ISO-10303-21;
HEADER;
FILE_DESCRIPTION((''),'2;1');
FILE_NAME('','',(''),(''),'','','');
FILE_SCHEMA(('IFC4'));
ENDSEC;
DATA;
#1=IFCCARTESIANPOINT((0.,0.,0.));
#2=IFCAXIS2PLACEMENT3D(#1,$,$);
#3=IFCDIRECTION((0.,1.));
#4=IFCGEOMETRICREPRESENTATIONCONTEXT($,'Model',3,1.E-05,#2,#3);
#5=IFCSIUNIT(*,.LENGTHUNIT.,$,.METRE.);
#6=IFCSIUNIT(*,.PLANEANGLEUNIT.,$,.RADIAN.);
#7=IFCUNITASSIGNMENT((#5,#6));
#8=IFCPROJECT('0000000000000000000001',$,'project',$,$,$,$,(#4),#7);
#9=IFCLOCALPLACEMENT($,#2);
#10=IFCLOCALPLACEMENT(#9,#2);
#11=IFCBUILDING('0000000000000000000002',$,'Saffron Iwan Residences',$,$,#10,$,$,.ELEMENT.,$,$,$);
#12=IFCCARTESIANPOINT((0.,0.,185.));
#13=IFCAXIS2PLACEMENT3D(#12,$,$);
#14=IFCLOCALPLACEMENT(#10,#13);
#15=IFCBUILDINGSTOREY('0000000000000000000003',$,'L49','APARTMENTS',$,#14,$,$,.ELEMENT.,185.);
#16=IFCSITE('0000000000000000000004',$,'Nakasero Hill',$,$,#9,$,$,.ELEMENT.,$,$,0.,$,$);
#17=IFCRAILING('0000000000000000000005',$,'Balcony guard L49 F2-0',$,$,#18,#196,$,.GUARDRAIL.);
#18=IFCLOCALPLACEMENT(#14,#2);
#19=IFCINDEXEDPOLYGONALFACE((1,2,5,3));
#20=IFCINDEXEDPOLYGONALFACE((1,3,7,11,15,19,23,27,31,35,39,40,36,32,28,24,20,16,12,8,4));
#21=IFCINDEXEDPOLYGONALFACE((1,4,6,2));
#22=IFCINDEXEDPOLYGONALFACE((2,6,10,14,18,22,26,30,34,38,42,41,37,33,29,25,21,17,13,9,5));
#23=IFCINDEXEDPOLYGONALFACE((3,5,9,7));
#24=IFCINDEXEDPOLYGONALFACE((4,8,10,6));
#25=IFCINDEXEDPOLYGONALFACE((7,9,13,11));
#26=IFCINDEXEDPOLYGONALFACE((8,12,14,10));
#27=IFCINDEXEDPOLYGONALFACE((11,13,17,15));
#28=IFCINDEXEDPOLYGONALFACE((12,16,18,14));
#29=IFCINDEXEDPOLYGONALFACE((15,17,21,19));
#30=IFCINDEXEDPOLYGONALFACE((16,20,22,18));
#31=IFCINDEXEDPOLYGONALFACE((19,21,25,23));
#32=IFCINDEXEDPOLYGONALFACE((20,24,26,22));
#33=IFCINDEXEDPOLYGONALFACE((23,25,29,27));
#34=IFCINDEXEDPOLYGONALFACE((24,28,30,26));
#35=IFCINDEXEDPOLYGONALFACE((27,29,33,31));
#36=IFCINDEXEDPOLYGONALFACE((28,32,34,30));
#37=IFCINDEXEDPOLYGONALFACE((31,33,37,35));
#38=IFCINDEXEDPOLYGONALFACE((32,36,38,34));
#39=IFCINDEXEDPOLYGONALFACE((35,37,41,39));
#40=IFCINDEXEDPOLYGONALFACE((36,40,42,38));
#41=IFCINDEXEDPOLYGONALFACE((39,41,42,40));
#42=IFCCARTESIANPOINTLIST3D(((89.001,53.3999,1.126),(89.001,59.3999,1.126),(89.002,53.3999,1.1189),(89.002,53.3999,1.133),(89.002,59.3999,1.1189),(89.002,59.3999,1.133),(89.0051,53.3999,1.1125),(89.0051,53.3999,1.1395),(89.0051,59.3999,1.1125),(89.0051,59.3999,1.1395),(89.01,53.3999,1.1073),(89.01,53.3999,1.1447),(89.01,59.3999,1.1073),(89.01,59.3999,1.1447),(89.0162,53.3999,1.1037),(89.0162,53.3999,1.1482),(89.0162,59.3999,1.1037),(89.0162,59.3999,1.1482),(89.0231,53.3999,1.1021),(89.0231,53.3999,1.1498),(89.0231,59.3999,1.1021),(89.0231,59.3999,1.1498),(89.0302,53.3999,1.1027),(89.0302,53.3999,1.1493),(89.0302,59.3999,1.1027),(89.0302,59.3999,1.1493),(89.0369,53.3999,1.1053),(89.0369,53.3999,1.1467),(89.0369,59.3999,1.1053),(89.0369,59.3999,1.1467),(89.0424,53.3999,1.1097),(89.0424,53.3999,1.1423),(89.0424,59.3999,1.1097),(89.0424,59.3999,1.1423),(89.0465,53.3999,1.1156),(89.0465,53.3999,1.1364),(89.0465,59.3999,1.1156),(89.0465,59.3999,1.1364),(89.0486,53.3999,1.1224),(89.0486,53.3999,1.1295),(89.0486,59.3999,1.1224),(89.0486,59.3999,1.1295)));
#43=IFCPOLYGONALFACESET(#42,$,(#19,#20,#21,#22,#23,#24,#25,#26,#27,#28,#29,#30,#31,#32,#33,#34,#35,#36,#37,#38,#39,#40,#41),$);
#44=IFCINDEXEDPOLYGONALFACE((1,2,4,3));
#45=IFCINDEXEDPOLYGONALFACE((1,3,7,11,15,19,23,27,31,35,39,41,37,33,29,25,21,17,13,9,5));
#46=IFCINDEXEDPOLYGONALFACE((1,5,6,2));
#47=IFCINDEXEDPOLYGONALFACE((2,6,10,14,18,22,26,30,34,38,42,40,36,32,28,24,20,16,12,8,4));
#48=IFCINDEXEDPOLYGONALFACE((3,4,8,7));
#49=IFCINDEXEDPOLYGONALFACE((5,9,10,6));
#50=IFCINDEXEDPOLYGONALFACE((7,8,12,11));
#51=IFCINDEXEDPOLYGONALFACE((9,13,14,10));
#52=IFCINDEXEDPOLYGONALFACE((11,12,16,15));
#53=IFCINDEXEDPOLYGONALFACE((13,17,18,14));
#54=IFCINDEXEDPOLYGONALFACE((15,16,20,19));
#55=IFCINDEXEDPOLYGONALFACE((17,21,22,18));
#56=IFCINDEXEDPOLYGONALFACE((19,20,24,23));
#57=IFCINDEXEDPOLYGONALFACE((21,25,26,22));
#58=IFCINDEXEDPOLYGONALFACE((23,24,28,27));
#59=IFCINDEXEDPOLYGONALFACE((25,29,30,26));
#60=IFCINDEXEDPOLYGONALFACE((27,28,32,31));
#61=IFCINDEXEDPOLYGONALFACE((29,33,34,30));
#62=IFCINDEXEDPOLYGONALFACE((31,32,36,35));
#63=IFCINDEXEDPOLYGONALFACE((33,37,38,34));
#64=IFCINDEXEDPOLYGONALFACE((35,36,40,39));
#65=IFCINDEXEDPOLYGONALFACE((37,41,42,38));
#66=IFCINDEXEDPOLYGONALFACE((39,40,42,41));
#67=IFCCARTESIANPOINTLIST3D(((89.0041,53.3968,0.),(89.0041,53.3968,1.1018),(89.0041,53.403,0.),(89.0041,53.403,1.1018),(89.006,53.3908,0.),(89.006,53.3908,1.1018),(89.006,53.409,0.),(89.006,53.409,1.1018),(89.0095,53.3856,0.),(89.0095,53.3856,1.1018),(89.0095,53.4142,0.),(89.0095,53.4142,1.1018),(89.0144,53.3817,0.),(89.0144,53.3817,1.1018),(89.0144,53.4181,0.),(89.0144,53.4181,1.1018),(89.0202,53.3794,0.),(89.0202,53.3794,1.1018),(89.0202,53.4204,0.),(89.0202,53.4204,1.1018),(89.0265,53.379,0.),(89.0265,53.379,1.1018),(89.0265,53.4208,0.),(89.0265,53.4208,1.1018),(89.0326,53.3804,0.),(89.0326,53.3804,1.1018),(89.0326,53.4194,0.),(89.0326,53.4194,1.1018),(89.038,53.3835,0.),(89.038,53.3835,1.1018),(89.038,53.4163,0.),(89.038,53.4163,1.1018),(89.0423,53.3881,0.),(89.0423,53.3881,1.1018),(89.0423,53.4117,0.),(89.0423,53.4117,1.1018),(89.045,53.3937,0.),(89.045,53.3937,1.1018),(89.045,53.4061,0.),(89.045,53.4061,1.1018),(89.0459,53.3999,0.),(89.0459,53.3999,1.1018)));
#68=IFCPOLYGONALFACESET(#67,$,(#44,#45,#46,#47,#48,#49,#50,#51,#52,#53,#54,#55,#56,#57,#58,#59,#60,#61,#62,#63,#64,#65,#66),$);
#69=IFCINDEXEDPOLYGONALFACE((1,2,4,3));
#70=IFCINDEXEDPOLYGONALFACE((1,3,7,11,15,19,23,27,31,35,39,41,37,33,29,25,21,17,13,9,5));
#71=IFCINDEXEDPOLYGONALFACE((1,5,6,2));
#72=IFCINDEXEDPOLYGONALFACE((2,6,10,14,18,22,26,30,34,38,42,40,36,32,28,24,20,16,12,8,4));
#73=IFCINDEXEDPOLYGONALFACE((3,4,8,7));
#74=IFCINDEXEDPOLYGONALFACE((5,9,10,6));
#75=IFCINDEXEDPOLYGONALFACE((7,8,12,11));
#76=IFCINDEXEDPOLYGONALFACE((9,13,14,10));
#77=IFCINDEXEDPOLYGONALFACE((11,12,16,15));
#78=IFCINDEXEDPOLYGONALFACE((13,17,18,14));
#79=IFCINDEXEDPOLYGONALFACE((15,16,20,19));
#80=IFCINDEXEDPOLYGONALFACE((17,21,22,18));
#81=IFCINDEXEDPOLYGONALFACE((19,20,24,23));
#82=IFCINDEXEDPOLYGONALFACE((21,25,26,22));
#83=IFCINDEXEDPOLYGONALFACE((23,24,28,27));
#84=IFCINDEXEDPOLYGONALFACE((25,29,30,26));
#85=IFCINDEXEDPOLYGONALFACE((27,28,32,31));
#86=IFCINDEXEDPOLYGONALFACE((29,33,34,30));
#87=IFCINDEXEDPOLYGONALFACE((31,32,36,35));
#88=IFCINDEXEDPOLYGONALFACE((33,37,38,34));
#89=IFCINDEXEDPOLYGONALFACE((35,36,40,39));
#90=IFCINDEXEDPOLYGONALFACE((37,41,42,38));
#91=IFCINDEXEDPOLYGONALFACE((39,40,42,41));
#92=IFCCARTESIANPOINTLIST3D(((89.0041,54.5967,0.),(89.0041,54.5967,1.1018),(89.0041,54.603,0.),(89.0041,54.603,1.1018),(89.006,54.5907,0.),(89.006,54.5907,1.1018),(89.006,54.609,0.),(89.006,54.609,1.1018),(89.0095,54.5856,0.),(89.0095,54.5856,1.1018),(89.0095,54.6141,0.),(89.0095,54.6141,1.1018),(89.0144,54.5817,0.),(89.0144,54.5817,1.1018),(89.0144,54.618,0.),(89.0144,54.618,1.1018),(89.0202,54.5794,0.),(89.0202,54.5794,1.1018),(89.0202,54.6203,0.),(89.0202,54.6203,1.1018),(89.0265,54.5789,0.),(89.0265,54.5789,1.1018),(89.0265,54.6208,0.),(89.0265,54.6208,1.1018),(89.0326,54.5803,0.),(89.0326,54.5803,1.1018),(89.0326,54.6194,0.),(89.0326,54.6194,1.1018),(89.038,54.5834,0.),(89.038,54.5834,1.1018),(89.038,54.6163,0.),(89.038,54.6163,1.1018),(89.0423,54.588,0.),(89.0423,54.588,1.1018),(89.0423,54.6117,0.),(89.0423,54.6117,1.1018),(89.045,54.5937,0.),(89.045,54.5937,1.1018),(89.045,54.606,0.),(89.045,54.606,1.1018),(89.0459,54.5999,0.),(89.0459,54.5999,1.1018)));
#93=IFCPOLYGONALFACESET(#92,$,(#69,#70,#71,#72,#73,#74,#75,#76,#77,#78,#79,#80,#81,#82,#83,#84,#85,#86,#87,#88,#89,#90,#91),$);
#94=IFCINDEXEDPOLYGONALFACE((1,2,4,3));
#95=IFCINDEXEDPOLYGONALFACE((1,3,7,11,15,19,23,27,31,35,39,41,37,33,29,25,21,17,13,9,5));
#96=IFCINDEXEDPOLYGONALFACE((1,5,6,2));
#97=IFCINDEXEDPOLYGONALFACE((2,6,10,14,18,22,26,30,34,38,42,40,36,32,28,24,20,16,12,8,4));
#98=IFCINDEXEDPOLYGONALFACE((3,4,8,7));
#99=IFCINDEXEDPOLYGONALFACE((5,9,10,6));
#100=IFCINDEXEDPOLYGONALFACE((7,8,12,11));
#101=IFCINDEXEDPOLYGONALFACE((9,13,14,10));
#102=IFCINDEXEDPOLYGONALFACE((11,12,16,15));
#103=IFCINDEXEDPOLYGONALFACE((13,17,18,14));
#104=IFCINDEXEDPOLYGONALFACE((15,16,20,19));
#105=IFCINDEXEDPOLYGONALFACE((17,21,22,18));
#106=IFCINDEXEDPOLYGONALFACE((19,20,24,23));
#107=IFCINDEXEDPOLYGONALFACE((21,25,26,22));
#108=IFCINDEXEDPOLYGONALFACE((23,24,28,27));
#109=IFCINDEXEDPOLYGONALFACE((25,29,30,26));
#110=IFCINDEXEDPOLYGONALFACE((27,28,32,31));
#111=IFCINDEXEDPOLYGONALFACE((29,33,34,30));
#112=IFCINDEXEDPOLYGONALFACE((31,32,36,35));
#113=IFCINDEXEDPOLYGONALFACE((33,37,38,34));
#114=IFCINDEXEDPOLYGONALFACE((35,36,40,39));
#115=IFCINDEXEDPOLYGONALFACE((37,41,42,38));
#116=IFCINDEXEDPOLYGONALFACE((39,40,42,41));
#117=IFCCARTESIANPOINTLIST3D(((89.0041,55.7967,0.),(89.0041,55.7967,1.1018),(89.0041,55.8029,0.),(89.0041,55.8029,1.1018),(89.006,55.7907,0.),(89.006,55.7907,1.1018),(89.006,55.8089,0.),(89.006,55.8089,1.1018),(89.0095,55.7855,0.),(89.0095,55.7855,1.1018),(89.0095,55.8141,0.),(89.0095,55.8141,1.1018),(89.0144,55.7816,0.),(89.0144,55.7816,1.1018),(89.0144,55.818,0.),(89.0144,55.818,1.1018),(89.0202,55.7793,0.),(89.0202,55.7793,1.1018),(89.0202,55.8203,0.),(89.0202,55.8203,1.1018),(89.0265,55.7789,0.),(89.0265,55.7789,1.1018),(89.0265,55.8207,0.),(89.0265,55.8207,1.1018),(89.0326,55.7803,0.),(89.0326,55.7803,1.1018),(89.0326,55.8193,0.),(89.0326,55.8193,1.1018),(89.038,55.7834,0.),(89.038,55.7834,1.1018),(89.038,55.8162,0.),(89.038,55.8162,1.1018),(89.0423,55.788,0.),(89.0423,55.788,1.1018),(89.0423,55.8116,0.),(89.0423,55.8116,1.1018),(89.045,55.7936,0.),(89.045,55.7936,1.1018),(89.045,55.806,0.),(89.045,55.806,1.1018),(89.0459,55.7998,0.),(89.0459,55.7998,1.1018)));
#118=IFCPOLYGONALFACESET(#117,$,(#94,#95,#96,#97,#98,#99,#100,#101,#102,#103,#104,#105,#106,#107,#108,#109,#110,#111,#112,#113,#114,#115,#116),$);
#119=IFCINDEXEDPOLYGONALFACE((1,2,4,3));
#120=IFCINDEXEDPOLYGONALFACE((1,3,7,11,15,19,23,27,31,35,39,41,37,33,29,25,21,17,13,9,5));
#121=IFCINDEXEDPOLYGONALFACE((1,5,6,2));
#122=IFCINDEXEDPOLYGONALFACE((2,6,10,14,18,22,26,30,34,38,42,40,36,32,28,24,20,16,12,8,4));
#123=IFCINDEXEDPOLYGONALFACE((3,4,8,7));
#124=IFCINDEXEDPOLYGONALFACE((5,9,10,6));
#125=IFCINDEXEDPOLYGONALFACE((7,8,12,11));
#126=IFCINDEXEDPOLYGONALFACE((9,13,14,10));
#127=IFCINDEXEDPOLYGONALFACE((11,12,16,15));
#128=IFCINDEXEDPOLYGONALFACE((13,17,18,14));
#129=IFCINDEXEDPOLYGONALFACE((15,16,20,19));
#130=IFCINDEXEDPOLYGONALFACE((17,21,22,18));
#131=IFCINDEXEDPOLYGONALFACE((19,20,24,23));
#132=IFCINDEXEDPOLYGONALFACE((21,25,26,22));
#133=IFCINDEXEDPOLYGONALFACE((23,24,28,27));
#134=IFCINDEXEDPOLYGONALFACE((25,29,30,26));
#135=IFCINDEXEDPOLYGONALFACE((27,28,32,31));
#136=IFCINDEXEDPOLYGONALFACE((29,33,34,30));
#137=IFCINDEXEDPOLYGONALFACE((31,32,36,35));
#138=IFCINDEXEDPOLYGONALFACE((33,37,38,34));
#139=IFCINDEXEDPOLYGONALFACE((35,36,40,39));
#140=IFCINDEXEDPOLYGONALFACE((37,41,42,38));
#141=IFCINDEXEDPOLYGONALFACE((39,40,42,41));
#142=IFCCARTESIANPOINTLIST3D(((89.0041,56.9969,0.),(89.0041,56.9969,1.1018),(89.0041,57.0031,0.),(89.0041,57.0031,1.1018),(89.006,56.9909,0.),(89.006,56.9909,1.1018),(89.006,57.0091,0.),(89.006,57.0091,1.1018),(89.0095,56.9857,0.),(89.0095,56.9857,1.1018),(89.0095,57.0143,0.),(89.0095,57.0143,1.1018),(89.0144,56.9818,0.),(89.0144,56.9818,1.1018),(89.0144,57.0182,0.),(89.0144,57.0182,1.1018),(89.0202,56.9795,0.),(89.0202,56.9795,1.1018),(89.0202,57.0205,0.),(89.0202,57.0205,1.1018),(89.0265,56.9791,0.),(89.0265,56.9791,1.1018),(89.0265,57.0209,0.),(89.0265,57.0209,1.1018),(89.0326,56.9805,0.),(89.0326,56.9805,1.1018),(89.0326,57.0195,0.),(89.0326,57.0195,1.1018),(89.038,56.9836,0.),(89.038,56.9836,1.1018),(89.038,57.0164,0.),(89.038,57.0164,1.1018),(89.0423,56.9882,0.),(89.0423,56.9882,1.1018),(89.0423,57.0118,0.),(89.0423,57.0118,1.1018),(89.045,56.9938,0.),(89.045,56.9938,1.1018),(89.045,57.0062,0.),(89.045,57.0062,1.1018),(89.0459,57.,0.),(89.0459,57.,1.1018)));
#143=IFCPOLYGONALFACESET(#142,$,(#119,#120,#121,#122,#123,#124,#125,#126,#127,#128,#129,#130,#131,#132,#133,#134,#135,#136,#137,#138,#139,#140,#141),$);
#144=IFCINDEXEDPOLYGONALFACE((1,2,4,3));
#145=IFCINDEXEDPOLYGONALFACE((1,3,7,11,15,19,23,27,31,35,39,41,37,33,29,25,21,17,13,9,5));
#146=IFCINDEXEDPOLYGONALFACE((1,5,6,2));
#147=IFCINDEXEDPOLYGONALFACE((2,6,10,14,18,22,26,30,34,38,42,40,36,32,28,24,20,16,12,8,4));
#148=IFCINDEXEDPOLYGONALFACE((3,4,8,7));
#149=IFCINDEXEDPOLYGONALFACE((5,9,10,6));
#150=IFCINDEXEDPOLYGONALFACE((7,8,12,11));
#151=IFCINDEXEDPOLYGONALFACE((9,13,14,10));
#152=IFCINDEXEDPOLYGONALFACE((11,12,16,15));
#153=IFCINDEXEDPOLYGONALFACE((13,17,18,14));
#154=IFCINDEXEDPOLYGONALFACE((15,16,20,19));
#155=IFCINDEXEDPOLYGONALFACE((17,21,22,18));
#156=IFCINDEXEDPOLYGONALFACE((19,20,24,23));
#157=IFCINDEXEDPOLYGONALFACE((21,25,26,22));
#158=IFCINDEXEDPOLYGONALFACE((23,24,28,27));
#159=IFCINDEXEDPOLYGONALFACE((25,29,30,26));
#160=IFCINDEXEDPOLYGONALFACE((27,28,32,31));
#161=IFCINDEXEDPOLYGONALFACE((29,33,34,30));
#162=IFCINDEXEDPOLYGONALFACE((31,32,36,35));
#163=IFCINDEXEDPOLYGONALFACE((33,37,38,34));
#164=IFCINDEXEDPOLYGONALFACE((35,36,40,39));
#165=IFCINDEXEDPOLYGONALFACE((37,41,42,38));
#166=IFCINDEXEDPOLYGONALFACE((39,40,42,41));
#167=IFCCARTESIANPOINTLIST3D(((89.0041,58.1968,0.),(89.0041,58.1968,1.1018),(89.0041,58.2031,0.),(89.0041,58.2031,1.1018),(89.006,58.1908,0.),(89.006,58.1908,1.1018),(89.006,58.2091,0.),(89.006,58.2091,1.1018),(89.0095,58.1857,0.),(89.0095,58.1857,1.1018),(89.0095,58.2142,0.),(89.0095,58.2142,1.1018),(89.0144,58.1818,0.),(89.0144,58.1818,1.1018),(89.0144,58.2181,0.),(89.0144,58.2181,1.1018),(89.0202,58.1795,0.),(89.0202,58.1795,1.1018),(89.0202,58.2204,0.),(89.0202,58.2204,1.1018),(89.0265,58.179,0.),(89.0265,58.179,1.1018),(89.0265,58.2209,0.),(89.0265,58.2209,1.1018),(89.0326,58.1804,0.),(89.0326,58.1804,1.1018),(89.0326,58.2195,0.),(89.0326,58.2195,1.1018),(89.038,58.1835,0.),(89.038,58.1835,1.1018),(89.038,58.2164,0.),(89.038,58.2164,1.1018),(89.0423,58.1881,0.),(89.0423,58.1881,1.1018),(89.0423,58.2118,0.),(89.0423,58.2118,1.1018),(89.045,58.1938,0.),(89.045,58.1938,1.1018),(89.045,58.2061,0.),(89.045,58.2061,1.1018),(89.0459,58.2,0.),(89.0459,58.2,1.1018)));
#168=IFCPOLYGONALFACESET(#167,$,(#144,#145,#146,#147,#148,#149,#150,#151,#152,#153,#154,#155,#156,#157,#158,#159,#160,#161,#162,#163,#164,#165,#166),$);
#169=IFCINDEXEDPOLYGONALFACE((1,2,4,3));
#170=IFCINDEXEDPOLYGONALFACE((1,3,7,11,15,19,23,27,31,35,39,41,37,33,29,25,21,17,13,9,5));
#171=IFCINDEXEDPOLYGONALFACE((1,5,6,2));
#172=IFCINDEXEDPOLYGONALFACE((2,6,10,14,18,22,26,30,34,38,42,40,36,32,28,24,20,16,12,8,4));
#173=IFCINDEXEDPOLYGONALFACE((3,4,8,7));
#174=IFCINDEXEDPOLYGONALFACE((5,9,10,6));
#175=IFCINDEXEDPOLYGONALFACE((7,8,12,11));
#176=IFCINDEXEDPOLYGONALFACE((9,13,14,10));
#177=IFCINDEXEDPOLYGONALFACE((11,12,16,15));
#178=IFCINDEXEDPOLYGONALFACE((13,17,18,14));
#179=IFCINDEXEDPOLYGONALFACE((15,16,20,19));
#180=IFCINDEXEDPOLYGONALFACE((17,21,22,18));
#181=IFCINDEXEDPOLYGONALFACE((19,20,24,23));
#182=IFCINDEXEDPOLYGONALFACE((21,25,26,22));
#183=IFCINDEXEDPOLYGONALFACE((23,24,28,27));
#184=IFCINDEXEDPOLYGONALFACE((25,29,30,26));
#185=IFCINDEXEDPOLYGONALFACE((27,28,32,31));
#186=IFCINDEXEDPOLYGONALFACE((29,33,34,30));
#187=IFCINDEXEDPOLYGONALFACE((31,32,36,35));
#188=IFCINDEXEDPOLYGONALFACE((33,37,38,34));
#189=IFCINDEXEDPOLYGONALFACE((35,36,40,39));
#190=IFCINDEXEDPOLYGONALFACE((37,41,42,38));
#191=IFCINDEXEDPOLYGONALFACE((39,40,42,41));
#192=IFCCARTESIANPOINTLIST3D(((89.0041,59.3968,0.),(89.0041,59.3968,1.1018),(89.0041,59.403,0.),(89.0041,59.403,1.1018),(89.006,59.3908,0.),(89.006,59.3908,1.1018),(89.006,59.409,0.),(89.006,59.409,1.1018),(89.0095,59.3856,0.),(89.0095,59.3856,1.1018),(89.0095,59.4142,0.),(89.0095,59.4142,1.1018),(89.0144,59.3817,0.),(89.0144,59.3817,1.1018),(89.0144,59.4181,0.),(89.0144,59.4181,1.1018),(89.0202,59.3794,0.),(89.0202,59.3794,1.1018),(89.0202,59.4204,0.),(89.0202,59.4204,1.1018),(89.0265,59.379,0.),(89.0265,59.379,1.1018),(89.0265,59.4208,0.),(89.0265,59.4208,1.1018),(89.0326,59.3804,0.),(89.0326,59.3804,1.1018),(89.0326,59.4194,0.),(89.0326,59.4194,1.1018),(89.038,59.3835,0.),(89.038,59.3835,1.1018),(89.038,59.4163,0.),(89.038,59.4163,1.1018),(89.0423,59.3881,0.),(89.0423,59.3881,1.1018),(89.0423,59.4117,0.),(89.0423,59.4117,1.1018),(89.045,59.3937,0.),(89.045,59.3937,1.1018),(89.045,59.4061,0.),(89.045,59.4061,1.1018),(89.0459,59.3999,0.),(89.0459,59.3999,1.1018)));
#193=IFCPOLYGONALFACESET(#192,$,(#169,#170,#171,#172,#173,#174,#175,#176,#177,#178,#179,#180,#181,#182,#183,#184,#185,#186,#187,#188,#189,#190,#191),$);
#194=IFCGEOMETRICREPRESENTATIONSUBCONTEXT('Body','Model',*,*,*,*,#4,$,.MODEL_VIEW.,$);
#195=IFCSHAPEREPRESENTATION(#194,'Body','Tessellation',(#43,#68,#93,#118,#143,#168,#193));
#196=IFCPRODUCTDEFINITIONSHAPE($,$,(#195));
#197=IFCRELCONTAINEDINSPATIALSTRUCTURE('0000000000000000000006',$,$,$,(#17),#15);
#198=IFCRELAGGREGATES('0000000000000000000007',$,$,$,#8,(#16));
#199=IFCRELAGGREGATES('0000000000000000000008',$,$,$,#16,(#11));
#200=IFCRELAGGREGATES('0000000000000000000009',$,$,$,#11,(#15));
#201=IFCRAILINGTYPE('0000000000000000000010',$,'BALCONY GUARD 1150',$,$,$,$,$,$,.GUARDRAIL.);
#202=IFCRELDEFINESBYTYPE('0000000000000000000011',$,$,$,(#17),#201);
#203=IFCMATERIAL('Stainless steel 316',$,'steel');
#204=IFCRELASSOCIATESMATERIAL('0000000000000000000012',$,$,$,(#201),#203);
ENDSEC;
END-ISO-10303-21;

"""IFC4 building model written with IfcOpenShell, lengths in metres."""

from ifc_helpers import new_model, si_unit, direction, frame, origin, origin_2d, place, context, subcontext, project, spatial, circle, extrude, material, type_object, element, save


model = new_model("IFC4")

# Units and contexts
model_context = context("Model", 3, precision=1e-05, world=origin(), true_north=direction((0.0, 1.0)))
body_context = subcontext(model_context, "Body", "Model", "MODEL_VIEW")
ifc_project = project(units=[si_unit("LENGTHUNIT", "METRE"), si_unit("PLANEANGLEUNIT", "RADIAN")], contexts=[model_context])

# Site, building, storey
site_placement = place(None, origin())
site = spatial("IfcSite", under=ifc_project, at=site_placement, Name="Nakasero Hill", CompositionType="ELEMENT", RefElevation=0.0)
building_placement = place(site_placement, origin())
building = spatial("IfcBuilding", under=site, at=building_placement, Name="Saffron Iwan Residences", CompositionType="ELEMENT")
storey_placement = place(building_placement, frame((0.0, 0.0, 185.0)))
storey = spatial("IfcBuildingStorey", under=building, at=storey_placement, Name="L49", Description="APARTMENTS", CompositionType="ELEMENT", Elevation=185.0)

# Railing
ifc_material_1 = material(Name="Stainless steel 316", Category="steel")
railing_type = type_object("IfcRailingType", Name="BALCONY GUARD 1150", PredefinedType="GUARDRAIL", material=ifc_material_1)
railing_placement = place(storey_placement, frame((89.0249, 53.3999, 0.0)))
element("IfcRailing", 1, at=railing_placement, inside=storey, type_object=railing_type, Name="Balcony guard L49 F2-0", PredefinedType="GUARDRAIL", context=body_context, shape_type="SweptSolid", body=[
    extrude(circle(Radius=0.0239, at=origin_2d()), frame((0.0, 0.0, 1.126), z_axis=(0.0, 1.0, 0.0), x_axis=(-1.0, 0.0, 0.0)), (0.0, 0.0, 1.0), 6.0),
    extrude(circle(Radius=0.021, at=origin_2d()), origin(), (0.0, 0.0, 1.0), 1.1018),
    extrude(circle(Radius=0.021, at=origin_2d()), frame((0.0, 1.2, 0.0)), (0.0, 0.0, 1.0), 1.1018),
    extrude(circle(Radius=0.021, at=origin_2d()), frame((0.0, 2.3999, 0.0)), (0.0, 0.0, 1.0), 1.1018),
    extrude(circle(Radius=0.021, at=origin_2d()), frame((0.0, 3.6001, 0.0)), (0.0, 0.0, 1.0), 1.1018),
    extrude(circle(Radius=0.021, at=origin_2d()), frame((0.0, 4.8, 0.0)), (0.0, 0.0, 1.0), 1.1018),
    extrude(circle(Radius=0.021, at=origin_2d()), frame((0.0, 6.0, 0.0)), (0.0, 0.0, 1.0), 1.1018),
])

save(model, "model.ifc")
